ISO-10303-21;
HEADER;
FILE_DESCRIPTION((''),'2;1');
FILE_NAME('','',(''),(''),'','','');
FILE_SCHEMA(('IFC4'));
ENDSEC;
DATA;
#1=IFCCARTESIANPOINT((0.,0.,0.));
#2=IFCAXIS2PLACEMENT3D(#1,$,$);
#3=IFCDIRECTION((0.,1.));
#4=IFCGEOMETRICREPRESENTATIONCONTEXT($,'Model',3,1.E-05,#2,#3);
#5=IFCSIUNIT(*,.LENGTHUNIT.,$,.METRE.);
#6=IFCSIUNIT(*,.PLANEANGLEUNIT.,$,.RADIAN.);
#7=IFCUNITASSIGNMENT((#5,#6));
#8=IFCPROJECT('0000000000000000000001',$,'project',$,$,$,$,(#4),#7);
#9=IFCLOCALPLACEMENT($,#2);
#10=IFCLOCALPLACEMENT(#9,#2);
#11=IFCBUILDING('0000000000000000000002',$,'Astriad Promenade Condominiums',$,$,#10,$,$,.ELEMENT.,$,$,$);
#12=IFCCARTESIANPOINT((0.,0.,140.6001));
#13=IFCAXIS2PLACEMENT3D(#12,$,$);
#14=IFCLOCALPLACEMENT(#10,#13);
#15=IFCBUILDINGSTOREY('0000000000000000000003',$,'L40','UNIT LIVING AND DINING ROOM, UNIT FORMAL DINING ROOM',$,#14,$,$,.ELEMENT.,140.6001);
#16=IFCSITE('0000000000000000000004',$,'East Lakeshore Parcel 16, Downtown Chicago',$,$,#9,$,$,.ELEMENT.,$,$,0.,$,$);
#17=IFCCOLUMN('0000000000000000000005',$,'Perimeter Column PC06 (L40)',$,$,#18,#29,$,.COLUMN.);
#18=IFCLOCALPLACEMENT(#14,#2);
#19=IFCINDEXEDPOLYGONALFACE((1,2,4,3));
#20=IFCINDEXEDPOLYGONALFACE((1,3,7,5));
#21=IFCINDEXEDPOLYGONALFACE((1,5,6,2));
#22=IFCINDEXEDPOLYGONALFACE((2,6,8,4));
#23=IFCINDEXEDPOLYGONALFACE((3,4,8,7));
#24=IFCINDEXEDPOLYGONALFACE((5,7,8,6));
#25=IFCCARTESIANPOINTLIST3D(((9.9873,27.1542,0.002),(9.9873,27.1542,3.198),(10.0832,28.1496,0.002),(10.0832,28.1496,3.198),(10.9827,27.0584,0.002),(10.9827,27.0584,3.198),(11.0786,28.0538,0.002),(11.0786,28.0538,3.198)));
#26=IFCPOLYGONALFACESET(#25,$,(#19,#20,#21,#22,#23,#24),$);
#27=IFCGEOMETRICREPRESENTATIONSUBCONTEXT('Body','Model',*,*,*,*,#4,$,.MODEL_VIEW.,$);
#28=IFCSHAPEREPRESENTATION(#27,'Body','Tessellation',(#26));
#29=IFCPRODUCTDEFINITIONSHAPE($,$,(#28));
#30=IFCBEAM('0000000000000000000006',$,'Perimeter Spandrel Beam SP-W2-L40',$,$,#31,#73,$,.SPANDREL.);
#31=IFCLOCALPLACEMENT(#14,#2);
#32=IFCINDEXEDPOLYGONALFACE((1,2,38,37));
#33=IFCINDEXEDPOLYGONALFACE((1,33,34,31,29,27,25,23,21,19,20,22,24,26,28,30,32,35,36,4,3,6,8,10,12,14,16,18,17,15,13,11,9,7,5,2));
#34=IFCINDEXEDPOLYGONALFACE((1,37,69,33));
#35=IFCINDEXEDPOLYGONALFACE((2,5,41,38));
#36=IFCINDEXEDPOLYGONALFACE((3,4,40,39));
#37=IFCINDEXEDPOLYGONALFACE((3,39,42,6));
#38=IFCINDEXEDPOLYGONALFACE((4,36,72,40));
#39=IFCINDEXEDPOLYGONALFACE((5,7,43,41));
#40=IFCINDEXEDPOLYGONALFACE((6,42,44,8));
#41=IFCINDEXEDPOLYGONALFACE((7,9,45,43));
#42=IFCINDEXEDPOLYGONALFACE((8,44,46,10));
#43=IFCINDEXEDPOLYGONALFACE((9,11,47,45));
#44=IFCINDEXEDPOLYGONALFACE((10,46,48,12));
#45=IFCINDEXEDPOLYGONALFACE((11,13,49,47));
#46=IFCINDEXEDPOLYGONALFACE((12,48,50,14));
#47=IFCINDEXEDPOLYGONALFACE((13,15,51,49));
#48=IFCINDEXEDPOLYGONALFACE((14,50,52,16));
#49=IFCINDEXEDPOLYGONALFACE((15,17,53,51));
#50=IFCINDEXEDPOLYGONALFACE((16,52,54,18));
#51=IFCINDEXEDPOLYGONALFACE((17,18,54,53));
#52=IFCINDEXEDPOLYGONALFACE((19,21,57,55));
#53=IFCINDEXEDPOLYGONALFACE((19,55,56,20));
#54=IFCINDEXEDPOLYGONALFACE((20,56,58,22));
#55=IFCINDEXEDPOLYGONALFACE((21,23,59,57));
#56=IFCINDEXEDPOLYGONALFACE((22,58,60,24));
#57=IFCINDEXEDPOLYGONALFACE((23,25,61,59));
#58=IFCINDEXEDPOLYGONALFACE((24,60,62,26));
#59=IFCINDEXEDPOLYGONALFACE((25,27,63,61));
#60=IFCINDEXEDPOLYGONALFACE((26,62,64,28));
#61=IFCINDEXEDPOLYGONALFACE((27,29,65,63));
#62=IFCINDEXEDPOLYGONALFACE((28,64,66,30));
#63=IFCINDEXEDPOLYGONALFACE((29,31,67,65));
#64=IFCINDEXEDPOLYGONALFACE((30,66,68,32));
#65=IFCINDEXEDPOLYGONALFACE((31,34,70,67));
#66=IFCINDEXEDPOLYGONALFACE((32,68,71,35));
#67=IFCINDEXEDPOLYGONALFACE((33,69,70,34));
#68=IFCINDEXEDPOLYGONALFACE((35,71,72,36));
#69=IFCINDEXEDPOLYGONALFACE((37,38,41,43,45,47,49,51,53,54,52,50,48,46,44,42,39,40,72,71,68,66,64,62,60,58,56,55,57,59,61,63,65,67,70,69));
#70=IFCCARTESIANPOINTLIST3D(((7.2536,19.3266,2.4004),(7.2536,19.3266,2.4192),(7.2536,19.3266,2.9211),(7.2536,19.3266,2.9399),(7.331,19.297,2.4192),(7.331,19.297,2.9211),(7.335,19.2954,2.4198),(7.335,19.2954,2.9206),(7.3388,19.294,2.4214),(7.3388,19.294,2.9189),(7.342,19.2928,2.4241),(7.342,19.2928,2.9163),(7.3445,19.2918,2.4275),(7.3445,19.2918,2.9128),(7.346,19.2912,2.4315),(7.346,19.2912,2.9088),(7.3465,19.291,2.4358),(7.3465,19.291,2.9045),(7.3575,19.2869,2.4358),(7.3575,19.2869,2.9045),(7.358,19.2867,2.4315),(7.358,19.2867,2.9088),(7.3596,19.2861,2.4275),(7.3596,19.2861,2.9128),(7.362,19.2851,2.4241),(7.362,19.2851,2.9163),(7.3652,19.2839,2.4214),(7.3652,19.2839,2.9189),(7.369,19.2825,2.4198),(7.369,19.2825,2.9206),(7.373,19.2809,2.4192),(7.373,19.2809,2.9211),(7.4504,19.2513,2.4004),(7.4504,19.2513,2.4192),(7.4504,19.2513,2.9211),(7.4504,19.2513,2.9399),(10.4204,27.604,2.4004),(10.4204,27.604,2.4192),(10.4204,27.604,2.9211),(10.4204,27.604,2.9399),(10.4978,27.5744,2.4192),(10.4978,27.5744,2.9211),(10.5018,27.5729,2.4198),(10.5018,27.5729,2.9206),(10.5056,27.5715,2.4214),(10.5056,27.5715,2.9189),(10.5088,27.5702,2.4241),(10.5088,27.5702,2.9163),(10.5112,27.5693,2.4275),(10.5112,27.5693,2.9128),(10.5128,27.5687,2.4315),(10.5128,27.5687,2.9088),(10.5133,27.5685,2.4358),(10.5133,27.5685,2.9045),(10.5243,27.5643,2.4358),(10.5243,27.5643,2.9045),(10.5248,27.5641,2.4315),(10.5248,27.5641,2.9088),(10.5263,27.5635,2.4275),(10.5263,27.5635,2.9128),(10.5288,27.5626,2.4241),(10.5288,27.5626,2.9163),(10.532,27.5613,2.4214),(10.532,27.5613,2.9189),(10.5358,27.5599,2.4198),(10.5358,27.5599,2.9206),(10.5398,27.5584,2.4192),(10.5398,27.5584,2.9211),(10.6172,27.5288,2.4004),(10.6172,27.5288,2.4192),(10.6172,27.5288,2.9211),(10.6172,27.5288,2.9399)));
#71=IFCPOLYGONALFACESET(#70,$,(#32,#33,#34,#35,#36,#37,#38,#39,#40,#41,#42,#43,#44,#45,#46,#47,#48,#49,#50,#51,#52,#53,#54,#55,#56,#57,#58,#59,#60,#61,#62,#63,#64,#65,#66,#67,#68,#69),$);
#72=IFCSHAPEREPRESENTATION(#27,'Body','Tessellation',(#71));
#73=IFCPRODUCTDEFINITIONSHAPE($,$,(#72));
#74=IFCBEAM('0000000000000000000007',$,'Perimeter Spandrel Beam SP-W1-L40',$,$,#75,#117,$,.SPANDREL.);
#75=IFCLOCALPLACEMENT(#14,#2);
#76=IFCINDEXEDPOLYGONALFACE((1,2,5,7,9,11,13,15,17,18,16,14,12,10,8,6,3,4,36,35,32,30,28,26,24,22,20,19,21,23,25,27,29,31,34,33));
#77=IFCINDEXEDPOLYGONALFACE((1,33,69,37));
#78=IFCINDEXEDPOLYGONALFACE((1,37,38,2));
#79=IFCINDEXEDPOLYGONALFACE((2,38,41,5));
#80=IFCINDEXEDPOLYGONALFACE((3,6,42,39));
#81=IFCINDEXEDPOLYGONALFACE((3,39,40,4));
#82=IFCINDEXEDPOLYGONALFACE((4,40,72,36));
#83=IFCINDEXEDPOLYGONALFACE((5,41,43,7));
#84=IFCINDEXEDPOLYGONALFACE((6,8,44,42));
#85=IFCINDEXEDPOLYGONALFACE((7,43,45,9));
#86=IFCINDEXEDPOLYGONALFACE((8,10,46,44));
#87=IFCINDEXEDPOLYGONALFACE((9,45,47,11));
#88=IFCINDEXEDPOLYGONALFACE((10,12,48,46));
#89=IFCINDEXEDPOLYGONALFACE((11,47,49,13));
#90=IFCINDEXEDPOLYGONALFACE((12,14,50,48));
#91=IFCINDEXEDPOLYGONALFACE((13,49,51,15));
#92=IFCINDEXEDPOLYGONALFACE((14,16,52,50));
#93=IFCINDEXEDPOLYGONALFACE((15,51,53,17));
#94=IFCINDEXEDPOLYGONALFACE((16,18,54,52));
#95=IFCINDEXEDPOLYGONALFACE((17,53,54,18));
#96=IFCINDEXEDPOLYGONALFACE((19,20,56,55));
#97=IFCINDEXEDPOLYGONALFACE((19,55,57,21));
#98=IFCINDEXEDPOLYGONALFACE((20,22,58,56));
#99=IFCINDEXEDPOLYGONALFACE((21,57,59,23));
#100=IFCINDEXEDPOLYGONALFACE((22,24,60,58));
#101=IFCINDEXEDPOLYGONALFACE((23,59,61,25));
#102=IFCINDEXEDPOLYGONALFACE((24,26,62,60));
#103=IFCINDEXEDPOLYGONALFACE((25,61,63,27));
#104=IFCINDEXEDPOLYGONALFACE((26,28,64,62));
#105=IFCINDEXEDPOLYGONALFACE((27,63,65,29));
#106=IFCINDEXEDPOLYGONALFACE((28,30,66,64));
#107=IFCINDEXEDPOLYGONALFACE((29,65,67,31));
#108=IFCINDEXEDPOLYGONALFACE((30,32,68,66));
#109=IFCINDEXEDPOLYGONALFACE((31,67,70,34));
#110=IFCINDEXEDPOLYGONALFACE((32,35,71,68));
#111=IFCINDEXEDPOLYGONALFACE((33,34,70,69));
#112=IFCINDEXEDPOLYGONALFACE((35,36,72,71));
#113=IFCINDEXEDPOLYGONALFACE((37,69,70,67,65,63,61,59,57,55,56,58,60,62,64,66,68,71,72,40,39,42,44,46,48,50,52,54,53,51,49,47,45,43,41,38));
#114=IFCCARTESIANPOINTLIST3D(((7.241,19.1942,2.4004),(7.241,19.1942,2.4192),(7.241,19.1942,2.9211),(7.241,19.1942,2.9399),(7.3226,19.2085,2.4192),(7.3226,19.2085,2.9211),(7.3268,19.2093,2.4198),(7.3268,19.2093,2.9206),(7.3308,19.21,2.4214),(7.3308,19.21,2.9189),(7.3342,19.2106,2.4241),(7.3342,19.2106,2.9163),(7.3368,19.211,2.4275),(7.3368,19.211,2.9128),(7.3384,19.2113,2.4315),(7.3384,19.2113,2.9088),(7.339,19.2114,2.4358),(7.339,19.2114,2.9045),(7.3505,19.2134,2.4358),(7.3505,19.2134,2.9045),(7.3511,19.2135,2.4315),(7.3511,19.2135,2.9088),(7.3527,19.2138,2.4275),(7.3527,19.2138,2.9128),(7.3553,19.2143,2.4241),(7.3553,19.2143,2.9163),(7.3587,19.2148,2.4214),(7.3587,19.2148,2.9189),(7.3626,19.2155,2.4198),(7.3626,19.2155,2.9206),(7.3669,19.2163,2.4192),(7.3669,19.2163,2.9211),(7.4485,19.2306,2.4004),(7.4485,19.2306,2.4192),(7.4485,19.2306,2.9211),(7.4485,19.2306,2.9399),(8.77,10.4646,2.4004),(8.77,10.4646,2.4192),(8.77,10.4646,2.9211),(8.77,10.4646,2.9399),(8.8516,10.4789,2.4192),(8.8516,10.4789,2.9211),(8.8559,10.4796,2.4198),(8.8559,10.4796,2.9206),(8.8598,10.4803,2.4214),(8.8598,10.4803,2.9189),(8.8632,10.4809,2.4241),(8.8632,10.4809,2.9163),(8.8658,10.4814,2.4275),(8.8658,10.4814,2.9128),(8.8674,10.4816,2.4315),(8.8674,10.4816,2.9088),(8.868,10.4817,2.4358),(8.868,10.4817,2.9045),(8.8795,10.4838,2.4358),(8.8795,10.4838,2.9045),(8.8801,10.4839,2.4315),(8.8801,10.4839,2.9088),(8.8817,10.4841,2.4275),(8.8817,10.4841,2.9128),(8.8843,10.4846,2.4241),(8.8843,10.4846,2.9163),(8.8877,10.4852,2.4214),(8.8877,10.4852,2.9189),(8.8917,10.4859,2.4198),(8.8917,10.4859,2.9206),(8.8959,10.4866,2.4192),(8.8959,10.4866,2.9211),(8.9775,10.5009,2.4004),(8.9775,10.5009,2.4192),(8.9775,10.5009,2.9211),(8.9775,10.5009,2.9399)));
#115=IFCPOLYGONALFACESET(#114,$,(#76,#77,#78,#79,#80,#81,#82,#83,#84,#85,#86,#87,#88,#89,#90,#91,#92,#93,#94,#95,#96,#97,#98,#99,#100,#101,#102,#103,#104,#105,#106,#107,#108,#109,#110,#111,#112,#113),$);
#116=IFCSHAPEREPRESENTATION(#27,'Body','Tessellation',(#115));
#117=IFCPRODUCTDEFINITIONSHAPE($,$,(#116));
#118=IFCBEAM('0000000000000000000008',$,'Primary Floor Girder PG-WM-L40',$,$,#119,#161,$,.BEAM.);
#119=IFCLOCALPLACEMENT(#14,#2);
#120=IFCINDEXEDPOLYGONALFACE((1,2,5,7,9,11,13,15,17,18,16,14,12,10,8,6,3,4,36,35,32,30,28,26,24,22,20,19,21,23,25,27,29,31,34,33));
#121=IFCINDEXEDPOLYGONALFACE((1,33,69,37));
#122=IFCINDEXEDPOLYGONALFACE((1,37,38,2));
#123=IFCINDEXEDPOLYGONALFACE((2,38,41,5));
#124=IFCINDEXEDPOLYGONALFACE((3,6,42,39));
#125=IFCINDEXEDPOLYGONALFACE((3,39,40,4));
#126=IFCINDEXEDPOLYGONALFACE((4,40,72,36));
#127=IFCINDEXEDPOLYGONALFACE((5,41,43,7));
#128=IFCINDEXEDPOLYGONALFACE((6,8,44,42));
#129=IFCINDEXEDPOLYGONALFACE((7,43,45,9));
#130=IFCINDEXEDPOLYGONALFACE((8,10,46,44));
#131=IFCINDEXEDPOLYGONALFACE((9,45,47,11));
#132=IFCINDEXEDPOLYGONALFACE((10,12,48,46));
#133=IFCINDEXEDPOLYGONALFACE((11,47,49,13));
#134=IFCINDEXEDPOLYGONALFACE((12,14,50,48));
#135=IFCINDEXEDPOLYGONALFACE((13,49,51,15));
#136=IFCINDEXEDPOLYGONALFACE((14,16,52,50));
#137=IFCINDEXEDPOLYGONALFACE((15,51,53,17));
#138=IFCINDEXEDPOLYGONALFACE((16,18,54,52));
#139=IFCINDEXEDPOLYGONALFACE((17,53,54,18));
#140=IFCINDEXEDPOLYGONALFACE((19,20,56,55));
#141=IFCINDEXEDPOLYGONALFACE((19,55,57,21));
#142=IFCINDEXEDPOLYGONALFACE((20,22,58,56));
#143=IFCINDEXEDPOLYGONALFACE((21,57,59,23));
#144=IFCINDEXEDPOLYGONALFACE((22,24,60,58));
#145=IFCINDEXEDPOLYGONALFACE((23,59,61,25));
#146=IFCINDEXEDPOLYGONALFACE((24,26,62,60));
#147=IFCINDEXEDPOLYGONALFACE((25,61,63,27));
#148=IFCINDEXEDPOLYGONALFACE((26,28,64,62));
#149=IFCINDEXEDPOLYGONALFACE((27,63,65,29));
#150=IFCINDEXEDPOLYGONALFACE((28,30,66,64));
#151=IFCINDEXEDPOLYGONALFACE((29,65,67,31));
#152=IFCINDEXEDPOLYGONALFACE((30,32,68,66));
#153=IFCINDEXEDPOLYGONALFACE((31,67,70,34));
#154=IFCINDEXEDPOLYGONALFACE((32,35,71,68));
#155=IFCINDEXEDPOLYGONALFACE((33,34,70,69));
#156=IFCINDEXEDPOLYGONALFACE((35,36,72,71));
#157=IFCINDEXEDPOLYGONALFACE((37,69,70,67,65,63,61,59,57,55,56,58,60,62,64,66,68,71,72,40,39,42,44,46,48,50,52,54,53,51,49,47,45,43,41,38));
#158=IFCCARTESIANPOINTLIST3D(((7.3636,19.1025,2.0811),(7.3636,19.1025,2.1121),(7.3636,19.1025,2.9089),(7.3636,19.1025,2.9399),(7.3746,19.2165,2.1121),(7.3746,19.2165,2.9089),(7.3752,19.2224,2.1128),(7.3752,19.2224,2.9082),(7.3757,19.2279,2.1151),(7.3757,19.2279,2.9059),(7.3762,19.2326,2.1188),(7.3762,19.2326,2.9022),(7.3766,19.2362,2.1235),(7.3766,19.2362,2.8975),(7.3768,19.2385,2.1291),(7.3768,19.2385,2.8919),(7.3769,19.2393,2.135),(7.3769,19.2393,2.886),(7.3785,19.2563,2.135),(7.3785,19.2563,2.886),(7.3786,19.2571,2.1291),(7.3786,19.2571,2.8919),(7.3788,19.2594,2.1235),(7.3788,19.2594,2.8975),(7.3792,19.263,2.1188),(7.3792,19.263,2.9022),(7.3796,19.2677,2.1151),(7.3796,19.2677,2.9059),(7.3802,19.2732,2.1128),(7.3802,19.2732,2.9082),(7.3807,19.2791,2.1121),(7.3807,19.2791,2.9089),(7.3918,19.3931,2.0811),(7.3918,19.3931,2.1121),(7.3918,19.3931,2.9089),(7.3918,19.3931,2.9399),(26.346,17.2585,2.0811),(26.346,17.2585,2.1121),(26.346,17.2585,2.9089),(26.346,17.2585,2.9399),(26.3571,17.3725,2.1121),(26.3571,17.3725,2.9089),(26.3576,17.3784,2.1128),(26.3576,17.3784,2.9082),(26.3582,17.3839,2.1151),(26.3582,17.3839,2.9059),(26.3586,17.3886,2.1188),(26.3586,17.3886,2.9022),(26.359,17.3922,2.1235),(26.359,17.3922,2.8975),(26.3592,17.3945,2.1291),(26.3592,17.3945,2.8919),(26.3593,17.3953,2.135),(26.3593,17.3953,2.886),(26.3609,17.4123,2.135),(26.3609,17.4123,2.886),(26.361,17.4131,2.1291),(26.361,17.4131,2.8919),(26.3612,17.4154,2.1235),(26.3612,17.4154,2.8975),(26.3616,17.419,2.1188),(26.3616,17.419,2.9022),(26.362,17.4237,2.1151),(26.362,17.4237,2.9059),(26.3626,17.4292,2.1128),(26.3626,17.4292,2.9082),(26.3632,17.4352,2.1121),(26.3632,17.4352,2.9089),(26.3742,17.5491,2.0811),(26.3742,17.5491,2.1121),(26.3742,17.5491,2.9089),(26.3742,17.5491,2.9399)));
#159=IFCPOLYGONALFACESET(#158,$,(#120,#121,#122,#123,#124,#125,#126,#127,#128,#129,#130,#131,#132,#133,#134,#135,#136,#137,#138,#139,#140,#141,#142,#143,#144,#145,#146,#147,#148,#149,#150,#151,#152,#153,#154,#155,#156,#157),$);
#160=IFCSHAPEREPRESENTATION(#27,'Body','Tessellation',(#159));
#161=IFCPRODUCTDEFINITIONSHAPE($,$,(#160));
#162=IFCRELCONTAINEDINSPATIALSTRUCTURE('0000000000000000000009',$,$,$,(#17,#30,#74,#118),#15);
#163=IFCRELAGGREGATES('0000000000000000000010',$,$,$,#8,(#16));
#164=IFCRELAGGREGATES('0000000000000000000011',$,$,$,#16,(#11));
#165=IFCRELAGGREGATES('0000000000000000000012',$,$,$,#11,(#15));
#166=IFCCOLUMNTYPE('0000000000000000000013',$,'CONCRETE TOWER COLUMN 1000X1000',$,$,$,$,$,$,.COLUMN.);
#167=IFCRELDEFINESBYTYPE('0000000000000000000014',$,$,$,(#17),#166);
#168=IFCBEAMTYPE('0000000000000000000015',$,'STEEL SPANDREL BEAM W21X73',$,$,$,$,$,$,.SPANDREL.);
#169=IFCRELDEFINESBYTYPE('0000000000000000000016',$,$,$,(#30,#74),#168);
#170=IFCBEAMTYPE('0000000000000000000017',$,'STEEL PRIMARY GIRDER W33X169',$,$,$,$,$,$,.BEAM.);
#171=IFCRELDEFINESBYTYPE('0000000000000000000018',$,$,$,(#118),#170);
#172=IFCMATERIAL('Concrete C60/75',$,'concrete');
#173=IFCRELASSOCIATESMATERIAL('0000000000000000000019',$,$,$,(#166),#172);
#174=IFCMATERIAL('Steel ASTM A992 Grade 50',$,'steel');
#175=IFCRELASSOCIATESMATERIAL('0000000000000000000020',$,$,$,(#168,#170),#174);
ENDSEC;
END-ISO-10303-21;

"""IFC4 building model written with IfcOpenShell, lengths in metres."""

from ifc_helpers import new_model, si_unit, direction, frame, origin, origin_2d, place, context, subcontext, project, spatial, rectangle, i_section, extrude, source, transform, mapped, material, material_profile, profile_set, type_object, type_shapes, element, save


model = new_model("IFC4")

# Units and contexts
model_context = context("Model", 3, precision=1e-05, world=origin(), true_north=direction((0.0, 1.0)))
body_context = subcontext(model_context, "Body", "Model", "MODEL_VIEW")
ifc_project = project(units=[si_unit("LENGTHUNIT", "METRE"), si_unit("PLANEANGLEUNIT", "RADIAN")], contexts=[model_context])

# Site, building, storey
site_placement = place(None, origin())
site = spatial("IfcSite", under=ifc_project, at=site_placement, Name="East Lakeshore Parcel 16, Downtown Chicago", CompositionType="ELEMENT", RefElevation=0.0)
building_placement = place(site_placement, origin())
building = spatial("IfcBuilding", under=site, at=building_placement, Name="Astriad Promenade Condominiums", CompositionType="ELEMENT")
storey_placement = place(building_placement, frame((0.0, 0.0, 140.6001)))
storey = spatial("IfcBuildingStorey", under=building, at=storey_placement, Name="L40", Description="UNIT LIVING AND DINING ROOM, UNIT FORMAL DINING ROOM", CompositionType="ELEMENT", Elevation=140.6001)

# Column
ifc_material_1 = material(Name="Concrete C60/75", Category="concrete")
ifc_material_profile_1 = material_profile(ifc_material_1, rectangle(XDim=1.0, YDim=1.0, at=origin_2d()), Name="RC-COL-1000X1000")
ifc_profile_set_1 = profile_set([ifc_material_profile_1], Name="Concrete C60/75")
column_type = type_object("IfcColumnType", Name="CONCRETE TOWER COLUMN 1000X1000", PredefinedType="COLUMN", material=ifc_profile_set_1)
shared_shape_1 = source(origin(), body_context, "Body", "SweptSolid", [
    extrude(rectangle(XDim=1.0, YDim=1.0, at=origin_2d()), origin(), (0.0, 0.0, 1.0), 3.196),
])
type_shapes(column_type, [shared_shape_1])
column_placement = place(storey_placement, frame((10.533, 27.604, 0.002), z_axis=(0.0, 0.0, 1.0), x_axis=(0.995396, -0.095846, 0.0)))
element("IfcColumn", 1, at=column_placement, inside=storey, type_object=column_type, Name="Perimeter Column PC06 (L40)", PredefinedType="COLUMN", context=body_context, shape_type="MappedRepresentation", body=[
    mapped(shared_shape_1, transform((0.0, 0.0, 0.0), scale=1.0)),
])

# Beams
ifc_material_2 = material(Name="Steel ASTM A992 Grade 50", Category="steel")
ifc_material_profile_2 = material_profile(ifc_material_2, i_section(OverallWidth=0.2107, OverallDepth=0.5396, WebThickness=0.0117, FlangeThickness=0.0188, FilletRadius=0.0166, at=origin_2d()), Name="W21X73")
ifc_profile_set_2 = profile_set([ifc_material_profile_2], Name="Steel ASTM A992 Grade 50")
beam_type_1 = type_object("IfcBeamType", Name="STEEL SPANDREL BEAM W21X73", PredefinedType="SPANDREL", material=ifc_profile_set_2)
shared_shape_2 = source(origin(), body_context, "Body", "SweptSolid", [
    extrude(i_section(OverallWidth=0.2107, OverallDepth=0.5396, WebThickness=0.0117, FlangeThickness=0.0188, FilletRadius=0.0166, at=origin_2d()), origin(), (0.0, 0.0, 1.0), 8.8625),
])
type_shapes(beam_type_1, [shared_shape_2])
for number, where, z_axis, x_axis, name in (
    (2, (10.5188, 27.5664, 2.6702), (-0.357323, -0.933981, 0.0), (0.933981, -0.357323, 0.0), "Perimeter Spandrel Beam SP-W2-L40"),
    (3, (7.3447, 19.2124, 2.6702), (0.172528, -0.985005, 0.0), (0.985005, 0.172528, 0.0), "Perimeter Spandrel Beam SP-W1-L40"),
):
    element("IfcBeam", number, at=place(storey_placement, frame(where, z_axis=z_axis, x_axis=x_axis)), inside=storey, type_object=beam_type_1, Name=name, PredefinedType="SPANDREL", context=body_context, shape_type="MappedRepresentation", body=[
        mapped(shared_shape_2, transform((0.0, 0.0, 0.0), scale=1.0)),
    ])
ifc_material_profile_3 = material_profile(ifc_material_2, i_section(OverallWidth=0.292, OverallDepth=0.8589, WebThickness=0.0171, FlangeThickness=0.031, FilletRadius=0.0229, at=origin_2d()), Name="W33X169")
ifc_profile_set_3 = profile_set([ifc_material_profile_3], Name="Steel ASTM A992 Grade 50")
beam_type_2 = type_object("IfcBeamType", Name="STEEL PRIMARY GIRDER W33X169", PredefinedType="BEAM", material=ifc_profile_set_3)
shared_shape_3 = source(origin(), body_context, "Body", "SweptSolid", [
    extrude(i_section(OverallWidth=0.292, OverallDepth=0.8589, WebThickness=0.0171, FlangeThickness=0.031, FilletRadius=0.0229, at=origin_2d()), origin(), (0.0, 0.0, 1.0), 19.0718),
])
type_shapes(beam_type_2, [shared_shape_3])
beam_1_placement = place(storey_placement, frame((7.3777, 19.2478, 2.5105), z_axis=(0.995315, -0.096687, 0.0), x_axis=(0.096687, 0.995315, 0.0)))
element("IfcBeam", 4, at=beam_1_placement, inside=storey, type_object=beam_type_2, Name="Primary Floor Girder PG-WM-L40", PredefinedType="BEAM", context=body_context, shape_type="MappedRepresentation", body=[
    mapped(shared_shape_3, transform((0.0, 0.0, 0.0), scale=1.0)),
])

save(model, "model.ifc")
